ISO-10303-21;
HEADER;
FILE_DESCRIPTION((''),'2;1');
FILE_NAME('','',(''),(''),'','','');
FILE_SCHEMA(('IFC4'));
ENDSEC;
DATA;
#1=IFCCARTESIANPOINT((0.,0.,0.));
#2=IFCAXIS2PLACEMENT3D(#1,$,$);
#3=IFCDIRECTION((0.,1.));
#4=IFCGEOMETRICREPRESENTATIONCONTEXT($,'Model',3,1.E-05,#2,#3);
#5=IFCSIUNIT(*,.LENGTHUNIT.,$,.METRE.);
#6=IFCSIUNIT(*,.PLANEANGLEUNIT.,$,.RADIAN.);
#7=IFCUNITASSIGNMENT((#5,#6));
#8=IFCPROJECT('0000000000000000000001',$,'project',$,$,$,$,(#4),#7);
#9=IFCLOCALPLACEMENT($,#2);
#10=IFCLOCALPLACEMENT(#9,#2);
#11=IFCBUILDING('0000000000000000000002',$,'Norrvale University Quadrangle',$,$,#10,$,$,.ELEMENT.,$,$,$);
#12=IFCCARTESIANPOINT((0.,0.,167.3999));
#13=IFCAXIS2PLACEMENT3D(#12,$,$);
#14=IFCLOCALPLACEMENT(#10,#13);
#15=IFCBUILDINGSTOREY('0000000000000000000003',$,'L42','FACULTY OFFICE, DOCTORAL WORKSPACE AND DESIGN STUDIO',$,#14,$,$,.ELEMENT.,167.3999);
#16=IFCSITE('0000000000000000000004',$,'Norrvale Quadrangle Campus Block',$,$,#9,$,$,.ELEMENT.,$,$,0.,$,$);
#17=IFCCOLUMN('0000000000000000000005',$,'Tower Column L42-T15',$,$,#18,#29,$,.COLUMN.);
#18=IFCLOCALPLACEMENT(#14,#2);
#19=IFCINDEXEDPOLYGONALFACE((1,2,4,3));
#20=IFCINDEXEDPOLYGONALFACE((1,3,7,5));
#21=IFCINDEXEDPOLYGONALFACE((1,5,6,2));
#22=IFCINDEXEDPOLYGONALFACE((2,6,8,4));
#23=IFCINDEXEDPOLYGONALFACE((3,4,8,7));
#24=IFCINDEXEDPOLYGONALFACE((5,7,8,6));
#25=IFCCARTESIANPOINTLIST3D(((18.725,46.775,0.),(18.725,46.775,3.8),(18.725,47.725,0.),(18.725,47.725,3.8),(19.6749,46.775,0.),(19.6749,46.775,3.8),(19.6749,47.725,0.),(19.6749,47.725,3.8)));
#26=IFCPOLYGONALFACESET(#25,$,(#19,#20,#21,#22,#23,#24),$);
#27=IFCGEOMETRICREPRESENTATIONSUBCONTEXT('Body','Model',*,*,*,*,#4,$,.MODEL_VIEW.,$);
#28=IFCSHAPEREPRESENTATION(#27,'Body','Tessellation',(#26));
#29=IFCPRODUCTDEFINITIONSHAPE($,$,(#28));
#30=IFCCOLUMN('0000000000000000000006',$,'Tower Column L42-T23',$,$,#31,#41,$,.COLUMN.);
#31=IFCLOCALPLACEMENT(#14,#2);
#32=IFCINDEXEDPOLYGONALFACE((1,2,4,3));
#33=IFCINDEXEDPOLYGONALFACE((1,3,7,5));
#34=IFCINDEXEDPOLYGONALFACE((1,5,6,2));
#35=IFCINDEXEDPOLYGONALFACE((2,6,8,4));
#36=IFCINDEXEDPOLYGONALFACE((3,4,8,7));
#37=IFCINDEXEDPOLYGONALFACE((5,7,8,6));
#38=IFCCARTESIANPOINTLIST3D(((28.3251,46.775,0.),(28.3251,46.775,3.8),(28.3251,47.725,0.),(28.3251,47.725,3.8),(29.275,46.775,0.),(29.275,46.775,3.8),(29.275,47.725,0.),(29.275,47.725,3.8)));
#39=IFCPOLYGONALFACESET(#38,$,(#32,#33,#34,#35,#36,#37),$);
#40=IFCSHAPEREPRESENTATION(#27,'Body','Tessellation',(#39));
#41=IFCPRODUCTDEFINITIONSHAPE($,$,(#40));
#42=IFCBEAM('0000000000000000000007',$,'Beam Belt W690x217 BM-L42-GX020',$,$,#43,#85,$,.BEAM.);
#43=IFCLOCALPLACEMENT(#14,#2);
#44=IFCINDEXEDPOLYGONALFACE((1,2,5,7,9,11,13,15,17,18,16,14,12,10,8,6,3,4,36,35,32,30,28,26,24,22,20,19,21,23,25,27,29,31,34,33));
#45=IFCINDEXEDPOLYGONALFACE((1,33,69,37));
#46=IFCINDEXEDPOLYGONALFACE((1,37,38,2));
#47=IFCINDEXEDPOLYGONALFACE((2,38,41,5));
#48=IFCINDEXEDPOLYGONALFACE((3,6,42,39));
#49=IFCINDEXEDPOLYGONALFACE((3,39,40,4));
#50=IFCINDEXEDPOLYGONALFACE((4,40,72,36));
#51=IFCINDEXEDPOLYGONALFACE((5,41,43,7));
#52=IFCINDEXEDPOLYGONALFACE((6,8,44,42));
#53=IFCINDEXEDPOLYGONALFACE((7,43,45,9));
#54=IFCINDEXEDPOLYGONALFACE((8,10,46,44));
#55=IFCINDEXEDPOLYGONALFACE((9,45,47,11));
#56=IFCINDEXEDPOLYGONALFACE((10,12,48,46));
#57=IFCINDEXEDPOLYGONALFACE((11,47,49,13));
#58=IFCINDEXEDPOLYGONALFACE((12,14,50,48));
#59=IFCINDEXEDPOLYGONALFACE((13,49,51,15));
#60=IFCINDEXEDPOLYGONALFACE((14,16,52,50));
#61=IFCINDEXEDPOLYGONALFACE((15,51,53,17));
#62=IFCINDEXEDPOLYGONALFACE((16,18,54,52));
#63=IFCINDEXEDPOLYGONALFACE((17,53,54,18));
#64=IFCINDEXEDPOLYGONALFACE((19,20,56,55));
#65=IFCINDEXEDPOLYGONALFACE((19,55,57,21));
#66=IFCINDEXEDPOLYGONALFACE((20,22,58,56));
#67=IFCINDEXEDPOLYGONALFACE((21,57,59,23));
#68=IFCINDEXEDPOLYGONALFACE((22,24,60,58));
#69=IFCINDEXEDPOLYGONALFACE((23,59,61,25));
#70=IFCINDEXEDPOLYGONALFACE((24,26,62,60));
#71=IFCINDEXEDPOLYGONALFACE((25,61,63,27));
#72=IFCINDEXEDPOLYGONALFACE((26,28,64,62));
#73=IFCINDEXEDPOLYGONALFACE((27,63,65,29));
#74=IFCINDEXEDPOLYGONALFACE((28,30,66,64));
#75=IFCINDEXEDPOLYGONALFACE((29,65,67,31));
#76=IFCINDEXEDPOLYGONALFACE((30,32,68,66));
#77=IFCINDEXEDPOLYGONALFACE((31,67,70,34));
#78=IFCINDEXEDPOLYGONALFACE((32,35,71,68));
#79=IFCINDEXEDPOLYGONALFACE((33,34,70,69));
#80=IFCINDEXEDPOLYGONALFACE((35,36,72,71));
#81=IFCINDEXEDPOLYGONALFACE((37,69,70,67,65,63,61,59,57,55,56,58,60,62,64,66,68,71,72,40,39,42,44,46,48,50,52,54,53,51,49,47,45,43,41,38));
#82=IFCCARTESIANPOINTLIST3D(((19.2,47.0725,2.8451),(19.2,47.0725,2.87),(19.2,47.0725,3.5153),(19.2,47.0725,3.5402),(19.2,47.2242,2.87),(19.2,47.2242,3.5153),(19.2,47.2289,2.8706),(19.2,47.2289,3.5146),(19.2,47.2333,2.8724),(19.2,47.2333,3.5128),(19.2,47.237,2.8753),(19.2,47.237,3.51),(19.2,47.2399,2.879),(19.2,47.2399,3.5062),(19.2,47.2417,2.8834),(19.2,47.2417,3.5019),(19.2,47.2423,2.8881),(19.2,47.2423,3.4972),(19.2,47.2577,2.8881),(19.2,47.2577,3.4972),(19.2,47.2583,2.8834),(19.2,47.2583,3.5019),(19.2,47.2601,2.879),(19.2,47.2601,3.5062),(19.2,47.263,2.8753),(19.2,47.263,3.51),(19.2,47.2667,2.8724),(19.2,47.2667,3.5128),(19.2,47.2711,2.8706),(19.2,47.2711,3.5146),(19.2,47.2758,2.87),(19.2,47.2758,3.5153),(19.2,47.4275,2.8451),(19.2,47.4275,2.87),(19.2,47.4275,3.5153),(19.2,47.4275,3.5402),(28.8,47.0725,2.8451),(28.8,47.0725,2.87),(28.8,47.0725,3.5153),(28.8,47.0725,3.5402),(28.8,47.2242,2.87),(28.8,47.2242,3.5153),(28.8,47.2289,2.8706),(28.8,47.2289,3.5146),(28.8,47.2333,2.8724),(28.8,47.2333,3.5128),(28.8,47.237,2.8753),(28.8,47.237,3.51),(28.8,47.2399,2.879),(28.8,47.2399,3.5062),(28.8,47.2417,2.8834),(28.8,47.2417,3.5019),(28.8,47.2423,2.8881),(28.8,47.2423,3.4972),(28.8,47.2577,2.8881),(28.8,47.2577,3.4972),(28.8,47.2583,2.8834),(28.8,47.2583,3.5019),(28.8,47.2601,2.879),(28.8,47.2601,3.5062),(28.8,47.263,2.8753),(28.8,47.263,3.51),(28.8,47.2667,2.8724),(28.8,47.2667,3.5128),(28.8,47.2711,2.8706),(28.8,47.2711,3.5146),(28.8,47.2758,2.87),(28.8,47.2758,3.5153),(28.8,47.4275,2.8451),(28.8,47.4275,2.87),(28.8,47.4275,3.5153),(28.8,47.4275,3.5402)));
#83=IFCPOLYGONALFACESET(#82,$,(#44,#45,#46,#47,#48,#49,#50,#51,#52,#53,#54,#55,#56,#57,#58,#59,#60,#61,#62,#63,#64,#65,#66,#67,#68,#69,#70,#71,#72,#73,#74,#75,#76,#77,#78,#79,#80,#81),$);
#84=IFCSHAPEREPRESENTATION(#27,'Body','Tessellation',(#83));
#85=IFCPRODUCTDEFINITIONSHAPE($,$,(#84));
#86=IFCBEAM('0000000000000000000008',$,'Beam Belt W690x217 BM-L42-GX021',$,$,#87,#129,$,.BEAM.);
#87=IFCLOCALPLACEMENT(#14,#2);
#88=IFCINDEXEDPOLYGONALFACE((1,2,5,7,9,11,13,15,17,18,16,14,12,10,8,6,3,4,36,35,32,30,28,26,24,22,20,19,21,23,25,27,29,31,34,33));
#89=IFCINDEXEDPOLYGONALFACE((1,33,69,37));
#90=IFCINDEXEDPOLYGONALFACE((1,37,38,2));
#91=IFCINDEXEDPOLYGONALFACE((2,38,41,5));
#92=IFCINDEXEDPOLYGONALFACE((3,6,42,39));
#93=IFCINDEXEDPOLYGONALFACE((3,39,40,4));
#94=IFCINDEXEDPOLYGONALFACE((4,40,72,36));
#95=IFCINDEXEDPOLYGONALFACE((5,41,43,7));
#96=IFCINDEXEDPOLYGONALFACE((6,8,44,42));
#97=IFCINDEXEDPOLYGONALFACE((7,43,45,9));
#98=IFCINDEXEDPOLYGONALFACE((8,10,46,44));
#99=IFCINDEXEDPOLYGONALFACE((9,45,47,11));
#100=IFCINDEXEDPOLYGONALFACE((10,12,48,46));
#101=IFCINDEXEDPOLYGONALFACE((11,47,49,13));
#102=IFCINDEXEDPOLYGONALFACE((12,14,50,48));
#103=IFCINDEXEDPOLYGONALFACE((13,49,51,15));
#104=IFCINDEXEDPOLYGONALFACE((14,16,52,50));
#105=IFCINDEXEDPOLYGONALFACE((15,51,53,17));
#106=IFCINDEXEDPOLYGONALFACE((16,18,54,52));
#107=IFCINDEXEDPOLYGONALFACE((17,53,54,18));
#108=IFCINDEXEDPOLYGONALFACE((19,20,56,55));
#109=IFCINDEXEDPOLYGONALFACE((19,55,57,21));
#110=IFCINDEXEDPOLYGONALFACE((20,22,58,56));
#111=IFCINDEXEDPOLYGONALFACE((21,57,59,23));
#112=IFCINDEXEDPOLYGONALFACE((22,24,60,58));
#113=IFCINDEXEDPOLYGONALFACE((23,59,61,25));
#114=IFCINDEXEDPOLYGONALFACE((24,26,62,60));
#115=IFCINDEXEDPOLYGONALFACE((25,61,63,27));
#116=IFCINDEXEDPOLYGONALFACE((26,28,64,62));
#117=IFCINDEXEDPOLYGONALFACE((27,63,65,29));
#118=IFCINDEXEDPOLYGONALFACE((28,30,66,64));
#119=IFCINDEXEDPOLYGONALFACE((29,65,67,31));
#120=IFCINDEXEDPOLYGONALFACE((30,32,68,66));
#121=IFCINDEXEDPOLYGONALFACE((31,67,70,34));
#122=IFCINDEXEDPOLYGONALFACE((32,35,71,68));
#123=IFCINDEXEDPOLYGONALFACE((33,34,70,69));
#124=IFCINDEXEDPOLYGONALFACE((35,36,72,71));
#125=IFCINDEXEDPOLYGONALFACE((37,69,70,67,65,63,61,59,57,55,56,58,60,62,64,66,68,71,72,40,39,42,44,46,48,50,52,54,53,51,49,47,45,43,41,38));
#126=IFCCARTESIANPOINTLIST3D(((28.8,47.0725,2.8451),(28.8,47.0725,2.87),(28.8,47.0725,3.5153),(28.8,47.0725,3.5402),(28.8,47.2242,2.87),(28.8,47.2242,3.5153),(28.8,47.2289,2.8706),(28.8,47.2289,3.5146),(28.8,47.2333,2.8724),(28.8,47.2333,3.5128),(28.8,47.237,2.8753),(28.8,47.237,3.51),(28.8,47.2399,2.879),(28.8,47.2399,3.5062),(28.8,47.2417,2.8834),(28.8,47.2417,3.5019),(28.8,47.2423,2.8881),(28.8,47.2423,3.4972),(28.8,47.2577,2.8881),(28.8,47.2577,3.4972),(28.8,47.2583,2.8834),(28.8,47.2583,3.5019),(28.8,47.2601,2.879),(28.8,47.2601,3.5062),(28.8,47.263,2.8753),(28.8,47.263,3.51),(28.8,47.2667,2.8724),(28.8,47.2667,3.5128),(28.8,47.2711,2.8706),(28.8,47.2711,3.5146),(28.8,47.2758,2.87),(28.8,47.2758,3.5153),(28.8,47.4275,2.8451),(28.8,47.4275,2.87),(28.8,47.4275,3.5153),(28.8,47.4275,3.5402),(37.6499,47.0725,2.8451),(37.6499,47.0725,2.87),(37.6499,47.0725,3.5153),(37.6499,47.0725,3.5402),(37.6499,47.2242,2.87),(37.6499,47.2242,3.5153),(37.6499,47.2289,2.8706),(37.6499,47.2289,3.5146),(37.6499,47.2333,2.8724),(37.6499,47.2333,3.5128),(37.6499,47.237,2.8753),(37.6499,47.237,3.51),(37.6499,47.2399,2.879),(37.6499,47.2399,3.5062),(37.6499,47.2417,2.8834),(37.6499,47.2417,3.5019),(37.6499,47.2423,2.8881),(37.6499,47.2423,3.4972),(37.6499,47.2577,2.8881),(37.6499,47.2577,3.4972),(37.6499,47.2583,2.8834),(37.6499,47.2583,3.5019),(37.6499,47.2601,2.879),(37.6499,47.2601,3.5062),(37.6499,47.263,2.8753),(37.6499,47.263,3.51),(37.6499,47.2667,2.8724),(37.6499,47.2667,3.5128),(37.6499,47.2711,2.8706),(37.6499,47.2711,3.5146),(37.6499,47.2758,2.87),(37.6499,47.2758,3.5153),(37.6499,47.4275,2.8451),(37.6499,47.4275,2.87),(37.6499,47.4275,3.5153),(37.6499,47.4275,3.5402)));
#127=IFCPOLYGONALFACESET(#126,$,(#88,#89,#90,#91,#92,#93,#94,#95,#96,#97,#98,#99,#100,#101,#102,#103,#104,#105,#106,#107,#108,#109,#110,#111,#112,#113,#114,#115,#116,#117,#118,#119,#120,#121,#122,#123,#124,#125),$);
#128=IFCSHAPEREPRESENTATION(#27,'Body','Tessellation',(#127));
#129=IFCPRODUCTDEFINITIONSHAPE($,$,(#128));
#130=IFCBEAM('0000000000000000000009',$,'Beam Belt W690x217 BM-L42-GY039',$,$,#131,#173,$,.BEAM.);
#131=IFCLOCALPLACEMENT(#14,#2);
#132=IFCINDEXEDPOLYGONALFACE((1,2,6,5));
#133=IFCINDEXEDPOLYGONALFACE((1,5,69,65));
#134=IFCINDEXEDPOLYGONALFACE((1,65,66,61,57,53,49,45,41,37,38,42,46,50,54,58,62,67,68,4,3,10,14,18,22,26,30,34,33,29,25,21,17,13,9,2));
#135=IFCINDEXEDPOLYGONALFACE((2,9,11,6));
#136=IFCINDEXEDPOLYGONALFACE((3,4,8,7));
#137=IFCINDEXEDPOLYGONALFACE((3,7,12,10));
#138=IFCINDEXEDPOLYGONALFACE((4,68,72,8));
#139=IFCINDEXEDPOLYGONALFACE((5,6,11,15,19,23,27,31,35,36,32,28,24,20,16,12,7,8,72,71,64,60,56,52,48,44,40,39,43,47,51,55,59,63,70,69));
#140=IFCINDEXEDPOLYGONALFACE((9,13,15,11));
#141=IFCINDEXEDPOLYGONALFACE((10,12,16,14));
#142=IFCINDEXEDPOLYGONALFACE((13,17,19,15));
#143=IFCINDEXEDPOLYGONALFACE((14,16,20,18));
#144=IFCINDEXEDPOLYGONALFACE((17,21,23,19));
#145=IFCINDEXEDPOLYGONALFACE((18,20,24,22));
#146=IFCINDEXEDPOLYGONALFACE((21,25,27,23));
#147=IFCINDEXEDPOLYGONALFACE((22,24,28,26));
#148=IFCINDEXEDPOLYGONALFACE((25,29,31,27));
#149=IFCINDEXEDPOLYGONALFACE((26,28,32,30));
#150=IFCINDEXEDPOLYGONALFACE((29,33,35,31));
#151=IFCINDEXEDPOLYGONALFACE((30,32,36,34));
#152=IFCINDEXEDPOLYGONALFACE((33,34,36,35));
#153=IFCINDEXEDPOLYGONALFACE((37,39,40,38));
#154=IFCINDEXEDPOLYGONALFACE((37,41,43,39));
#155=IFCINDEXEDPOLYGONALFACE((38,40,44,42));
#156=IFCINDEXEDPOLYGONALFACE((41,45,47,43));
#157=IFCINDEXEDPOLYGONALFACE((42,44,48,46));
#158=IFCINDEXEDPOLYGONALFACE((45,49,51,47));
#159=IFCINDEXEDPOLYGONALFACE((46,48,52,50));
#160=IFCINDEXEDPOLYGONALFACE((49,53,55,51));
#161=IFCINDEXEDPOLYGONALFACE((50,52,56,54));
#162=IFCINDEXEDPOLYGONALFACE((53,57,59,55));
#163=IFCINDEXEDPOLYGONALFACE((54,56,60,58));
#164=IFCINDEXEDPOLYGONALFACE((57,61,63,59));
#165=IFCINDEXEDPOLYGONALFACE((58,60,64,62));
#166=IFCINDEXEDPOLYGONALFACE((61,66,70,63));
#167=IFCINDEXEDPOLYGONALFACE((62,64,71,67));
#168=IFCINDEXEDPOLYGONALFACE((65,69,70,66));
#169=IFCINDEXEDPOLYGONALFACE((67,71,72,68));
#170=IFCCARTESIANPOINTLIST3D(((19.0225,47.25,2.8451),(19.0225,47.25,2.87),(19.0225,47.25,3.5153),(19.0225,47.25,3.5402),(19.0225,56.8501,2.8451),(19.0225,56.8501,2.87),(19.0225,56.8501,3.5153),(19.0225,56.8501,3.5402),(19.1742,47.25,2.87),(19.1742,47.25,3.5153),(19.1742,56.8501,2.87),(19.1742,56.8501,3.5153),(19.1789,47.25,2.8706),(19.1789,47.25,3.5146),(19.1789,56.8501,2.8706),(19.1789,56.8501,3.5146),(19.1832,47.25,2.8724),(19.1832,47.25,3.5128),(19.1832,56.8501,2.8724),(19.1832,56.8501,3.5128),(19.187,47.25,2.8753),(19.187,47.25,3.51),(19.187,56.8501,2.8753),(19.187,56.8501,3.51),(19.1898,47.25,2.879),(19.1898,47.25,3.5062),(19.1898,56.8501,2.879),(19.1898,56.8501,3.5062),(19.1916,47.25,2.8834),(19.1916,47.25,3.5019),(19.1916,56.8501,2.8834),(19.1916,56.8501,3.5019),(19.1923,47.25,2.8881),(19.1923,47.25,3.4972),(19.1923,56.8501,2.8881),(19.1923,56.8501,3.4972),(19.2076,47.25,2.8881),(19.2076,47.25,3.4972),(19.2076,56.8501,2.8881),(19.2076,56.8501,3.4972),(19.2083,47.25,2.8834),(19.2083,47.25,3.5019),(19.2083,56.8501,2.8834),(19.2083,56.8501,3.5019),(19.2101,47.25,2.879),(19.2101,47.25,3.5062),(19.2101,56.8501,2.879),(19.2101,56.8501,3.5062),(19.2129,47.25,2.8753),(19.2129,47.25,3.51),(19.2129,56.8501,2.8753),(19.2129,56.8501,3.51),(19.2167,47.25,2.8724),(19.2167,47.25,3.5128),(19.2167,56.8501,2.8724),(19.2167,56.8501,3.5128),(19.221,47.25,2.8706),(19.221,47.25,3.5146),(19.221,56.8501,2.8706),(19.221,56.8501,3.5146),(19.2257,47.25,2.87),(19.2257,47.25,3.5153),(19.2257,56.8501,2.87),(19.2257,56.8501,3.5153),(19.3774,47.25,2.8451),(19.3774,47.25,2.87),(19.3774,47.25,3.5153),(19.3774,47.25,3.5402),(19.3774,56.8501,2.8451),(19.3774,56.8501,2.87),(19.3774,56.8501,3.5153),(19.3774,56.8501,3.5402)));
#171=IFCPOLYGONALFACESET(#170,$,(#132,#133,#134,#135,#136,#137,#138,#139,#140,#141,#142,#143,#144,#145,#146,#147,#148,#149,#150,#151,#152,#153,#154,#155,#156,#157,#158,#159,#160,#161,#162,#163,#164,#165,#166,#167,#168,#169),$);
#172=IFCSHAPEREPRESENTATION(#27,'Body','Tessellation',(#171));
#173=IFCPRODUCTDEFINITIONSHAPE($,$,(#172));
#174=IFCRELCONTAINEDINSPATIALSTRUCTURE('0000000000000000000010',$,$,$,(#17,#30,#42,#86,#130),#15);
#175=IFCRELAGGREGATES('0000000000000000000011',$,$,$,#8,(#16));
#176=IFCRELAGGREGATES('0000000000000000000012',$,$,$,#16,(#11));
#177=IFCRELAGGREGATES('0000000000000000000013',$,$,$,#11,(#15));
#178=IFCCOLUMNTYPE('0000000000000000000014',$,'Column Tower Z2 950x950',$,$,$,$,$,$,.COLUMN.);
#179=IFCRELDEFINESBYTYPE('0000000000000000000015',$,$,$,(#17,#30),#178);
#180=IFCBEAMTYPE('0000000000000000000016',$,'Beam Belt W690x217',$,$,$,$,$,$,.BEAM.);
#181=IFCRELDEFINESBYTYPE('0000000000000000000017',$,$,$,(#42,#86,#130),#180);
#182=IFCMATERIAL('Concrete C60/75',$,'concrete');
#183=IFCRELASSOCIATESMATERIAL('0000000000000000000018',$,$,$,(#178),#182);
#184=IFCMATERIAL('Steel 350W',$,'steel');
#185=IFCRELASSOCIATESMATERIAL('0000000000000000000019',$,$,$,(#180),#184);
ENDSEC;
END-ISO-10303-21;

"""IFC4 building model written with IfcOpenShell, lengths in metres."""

from ifc_helpers import new_model, si_unit, direction, frame, origin, origin_2d, place, context, subcontext, project, spatial, rectangle, i_section, extrude, material, material_profile, profile_set, type_object, element, save


model = new_model("IFC4")

# Units and contexts
model_context = context("Model", 3, precision=1e-05, world=origin(), true_north=direction((0.0, 1.0)))
body_context = subcontext(model_context, "Body", "Model", "MODEL_VIEW")
ifc_project = project(units=[si_unit("LENGTHUNIT", "METRE"), si_unit("PLANEANGLEUNIT", "RADIAN")], contexts=[model_context])

# Site, building, storey
site_placement = place(None, origin())
site = spatial("IfcSite", under=ifc_project, at=site_placement, Name="Norrvale Quadrangle Campus Block", CompositionType="ELEMENT", RefElevation=0.0)
building_placement = place(site_placement, origin())
building = spatial("IfcBuilding", under=site, at=building_placement, Name="Norrvale University Quadrangle", CompositionType="ELEMENT")
storey_placement = place(building_placement, frame((0.0, 0.0, 167.3999)))
storey = spatial("IfcBuildingStorey", under=building, at=storey_placement, Name="L42", Description="FACULTY OFFICE, DOCTORAL WORKSPACE AND DESIGN STUDIO", CompositionType="ELEMENT", Elevation=167.3999)

# Columns
ifc_material_1 = material(Name="Concrete C60/75", Category="concrete")
ifc_material_profile_1 = material_profile(ifc_material_1, rectangle(XDim=0.95, YDim=0.95, at=origin_2d()), Name="Concrete C60/75")
ifc_profile_set_1 = profile_set([ifc_material_profile_1], Name="Concrete C60/75")
column_type = type_object("IfcColumnType", Name="Column Tower Z2 950x950", PredefinedType="COLUMN", material=ifc_profile_set_1)
for number, where, z_axis, x_axis, name in (
    (1, (19.2, 47.25, 0.0), (0.0, 0.0, 1.0), (1.0, 0.0, 0.0), "Tower Column L42-T15"),
    (2, (28.8, 47.25, 0.0), (0.0, 0.0, 1.0), (1.0, 0.0, 0.0), "Tower Column L42-T23"),
):
    element("IfcColumn", number, at=place(storey_placement, frame(where, z_axis=z_axis, x_axis=x_axis)), inside=storey, type_object=column_type, Name=name, PredefinedType="COLUMN", context=body_context, shape_type="SweptSolid", body=[
        extrude(rectangle(XDim=0.95, YDim=0.95, at=origin_2d()), origin(), (0.0, 0.0, 1.0), 3.8),
    ])

# Beams
ifc_material_2 = material(Name="Steel 350W", Category="steel")
ifc_material_profile_2 = material_profile(ifc_material_2, i_section(OverallWidth=0.355, OverallDepth=0.6951, WebThickness=0.0154, FlangeThickness=0.0249, FilletRadius=0.0181, at=origin_2d()), Name="Steel 350W")
ifc_profile_set_2 = profile_set([ifc_material_profile_2], Name="Steel 350W")
beam_type = type_object("IfcBeamType", Name="Beam Belt W690x217", PredefinedType="BEAM", material=ifc_profile_set_2)
beam_1_placement = place(storey_placement, frame((19.2, 47.25, 3.1926), z_axis=(1.0, 0.0, 0.0), x_axis=(0.0, 1.0, 0.0)))
element("IfcBeam", 3, at=beam_1_placement, inside=storey, type_object=beam_type, Name="Beam Belt W690x217 BM-L42-GX020", PredefinedType="BEAM", context=body_context, shape_type="SweptSolid", body=[
    extrude(i_section(OverallWidth=0.355, OverallDepth=0.6951, WebThickness=0.0154, FlangeThickness=0.0249, FilletRadius=0.0181, at=origin_2d()), origin(), (0.0, 0.0, 1.0), 9.6001),
])
beam_2_placement = place(storey_placement, frame((28.8, 47.25, 3.1926), z_axis=(1.0, 0.0, 0.0), x_axis=(0.0, 1.0, 0.0)))
element("IfcBeam", 4, at=beam_2_placement, inside=storey, type_object=beam_type, Name="Beam Belt W690x217 BM-L42-GX021", PredefinedType="BEAM", context=body_context, shape_type="SweptSolid", body=[
    extrude(i_section(OverallWidth=0.355, OverallDepth=0.6951, WebThickness=0.0154, FlangeThickness=0.0249, FilletRadius=0.0181, at=origin_2d()), origin(), (0.0, 0.0, 1.0), 8.8499),
])
for number, where, z_axis, x_axis, name in (
    (5, (19.2, 47.25, 3.1926), (0.0, 1.0, 0.0), (-1.0, 0.0, 0.0), "Beam Belt W690x217 BM-L42-GY039"),
):
    element("IfcBeam", number, at=place(storey_placement, frame(where, z_axis=z_axis, x_axis=x_axis)), inside=storey, type_object=beam_type, Name=name, PredefinedType="BEAM", context=body_context, shape_type="SweptSolid", body=[
        extrude(i_section(OverallWidth=0.355, OverallDepth=0.6951, WebThickness=0.0154, FlangeThickness=0.0249, FilletRadius=0.0181, at=origin_2d()), origin(), (0.0, 0.0, 1.0), 9.6001),
    ])

save(model, "model.ifc")
